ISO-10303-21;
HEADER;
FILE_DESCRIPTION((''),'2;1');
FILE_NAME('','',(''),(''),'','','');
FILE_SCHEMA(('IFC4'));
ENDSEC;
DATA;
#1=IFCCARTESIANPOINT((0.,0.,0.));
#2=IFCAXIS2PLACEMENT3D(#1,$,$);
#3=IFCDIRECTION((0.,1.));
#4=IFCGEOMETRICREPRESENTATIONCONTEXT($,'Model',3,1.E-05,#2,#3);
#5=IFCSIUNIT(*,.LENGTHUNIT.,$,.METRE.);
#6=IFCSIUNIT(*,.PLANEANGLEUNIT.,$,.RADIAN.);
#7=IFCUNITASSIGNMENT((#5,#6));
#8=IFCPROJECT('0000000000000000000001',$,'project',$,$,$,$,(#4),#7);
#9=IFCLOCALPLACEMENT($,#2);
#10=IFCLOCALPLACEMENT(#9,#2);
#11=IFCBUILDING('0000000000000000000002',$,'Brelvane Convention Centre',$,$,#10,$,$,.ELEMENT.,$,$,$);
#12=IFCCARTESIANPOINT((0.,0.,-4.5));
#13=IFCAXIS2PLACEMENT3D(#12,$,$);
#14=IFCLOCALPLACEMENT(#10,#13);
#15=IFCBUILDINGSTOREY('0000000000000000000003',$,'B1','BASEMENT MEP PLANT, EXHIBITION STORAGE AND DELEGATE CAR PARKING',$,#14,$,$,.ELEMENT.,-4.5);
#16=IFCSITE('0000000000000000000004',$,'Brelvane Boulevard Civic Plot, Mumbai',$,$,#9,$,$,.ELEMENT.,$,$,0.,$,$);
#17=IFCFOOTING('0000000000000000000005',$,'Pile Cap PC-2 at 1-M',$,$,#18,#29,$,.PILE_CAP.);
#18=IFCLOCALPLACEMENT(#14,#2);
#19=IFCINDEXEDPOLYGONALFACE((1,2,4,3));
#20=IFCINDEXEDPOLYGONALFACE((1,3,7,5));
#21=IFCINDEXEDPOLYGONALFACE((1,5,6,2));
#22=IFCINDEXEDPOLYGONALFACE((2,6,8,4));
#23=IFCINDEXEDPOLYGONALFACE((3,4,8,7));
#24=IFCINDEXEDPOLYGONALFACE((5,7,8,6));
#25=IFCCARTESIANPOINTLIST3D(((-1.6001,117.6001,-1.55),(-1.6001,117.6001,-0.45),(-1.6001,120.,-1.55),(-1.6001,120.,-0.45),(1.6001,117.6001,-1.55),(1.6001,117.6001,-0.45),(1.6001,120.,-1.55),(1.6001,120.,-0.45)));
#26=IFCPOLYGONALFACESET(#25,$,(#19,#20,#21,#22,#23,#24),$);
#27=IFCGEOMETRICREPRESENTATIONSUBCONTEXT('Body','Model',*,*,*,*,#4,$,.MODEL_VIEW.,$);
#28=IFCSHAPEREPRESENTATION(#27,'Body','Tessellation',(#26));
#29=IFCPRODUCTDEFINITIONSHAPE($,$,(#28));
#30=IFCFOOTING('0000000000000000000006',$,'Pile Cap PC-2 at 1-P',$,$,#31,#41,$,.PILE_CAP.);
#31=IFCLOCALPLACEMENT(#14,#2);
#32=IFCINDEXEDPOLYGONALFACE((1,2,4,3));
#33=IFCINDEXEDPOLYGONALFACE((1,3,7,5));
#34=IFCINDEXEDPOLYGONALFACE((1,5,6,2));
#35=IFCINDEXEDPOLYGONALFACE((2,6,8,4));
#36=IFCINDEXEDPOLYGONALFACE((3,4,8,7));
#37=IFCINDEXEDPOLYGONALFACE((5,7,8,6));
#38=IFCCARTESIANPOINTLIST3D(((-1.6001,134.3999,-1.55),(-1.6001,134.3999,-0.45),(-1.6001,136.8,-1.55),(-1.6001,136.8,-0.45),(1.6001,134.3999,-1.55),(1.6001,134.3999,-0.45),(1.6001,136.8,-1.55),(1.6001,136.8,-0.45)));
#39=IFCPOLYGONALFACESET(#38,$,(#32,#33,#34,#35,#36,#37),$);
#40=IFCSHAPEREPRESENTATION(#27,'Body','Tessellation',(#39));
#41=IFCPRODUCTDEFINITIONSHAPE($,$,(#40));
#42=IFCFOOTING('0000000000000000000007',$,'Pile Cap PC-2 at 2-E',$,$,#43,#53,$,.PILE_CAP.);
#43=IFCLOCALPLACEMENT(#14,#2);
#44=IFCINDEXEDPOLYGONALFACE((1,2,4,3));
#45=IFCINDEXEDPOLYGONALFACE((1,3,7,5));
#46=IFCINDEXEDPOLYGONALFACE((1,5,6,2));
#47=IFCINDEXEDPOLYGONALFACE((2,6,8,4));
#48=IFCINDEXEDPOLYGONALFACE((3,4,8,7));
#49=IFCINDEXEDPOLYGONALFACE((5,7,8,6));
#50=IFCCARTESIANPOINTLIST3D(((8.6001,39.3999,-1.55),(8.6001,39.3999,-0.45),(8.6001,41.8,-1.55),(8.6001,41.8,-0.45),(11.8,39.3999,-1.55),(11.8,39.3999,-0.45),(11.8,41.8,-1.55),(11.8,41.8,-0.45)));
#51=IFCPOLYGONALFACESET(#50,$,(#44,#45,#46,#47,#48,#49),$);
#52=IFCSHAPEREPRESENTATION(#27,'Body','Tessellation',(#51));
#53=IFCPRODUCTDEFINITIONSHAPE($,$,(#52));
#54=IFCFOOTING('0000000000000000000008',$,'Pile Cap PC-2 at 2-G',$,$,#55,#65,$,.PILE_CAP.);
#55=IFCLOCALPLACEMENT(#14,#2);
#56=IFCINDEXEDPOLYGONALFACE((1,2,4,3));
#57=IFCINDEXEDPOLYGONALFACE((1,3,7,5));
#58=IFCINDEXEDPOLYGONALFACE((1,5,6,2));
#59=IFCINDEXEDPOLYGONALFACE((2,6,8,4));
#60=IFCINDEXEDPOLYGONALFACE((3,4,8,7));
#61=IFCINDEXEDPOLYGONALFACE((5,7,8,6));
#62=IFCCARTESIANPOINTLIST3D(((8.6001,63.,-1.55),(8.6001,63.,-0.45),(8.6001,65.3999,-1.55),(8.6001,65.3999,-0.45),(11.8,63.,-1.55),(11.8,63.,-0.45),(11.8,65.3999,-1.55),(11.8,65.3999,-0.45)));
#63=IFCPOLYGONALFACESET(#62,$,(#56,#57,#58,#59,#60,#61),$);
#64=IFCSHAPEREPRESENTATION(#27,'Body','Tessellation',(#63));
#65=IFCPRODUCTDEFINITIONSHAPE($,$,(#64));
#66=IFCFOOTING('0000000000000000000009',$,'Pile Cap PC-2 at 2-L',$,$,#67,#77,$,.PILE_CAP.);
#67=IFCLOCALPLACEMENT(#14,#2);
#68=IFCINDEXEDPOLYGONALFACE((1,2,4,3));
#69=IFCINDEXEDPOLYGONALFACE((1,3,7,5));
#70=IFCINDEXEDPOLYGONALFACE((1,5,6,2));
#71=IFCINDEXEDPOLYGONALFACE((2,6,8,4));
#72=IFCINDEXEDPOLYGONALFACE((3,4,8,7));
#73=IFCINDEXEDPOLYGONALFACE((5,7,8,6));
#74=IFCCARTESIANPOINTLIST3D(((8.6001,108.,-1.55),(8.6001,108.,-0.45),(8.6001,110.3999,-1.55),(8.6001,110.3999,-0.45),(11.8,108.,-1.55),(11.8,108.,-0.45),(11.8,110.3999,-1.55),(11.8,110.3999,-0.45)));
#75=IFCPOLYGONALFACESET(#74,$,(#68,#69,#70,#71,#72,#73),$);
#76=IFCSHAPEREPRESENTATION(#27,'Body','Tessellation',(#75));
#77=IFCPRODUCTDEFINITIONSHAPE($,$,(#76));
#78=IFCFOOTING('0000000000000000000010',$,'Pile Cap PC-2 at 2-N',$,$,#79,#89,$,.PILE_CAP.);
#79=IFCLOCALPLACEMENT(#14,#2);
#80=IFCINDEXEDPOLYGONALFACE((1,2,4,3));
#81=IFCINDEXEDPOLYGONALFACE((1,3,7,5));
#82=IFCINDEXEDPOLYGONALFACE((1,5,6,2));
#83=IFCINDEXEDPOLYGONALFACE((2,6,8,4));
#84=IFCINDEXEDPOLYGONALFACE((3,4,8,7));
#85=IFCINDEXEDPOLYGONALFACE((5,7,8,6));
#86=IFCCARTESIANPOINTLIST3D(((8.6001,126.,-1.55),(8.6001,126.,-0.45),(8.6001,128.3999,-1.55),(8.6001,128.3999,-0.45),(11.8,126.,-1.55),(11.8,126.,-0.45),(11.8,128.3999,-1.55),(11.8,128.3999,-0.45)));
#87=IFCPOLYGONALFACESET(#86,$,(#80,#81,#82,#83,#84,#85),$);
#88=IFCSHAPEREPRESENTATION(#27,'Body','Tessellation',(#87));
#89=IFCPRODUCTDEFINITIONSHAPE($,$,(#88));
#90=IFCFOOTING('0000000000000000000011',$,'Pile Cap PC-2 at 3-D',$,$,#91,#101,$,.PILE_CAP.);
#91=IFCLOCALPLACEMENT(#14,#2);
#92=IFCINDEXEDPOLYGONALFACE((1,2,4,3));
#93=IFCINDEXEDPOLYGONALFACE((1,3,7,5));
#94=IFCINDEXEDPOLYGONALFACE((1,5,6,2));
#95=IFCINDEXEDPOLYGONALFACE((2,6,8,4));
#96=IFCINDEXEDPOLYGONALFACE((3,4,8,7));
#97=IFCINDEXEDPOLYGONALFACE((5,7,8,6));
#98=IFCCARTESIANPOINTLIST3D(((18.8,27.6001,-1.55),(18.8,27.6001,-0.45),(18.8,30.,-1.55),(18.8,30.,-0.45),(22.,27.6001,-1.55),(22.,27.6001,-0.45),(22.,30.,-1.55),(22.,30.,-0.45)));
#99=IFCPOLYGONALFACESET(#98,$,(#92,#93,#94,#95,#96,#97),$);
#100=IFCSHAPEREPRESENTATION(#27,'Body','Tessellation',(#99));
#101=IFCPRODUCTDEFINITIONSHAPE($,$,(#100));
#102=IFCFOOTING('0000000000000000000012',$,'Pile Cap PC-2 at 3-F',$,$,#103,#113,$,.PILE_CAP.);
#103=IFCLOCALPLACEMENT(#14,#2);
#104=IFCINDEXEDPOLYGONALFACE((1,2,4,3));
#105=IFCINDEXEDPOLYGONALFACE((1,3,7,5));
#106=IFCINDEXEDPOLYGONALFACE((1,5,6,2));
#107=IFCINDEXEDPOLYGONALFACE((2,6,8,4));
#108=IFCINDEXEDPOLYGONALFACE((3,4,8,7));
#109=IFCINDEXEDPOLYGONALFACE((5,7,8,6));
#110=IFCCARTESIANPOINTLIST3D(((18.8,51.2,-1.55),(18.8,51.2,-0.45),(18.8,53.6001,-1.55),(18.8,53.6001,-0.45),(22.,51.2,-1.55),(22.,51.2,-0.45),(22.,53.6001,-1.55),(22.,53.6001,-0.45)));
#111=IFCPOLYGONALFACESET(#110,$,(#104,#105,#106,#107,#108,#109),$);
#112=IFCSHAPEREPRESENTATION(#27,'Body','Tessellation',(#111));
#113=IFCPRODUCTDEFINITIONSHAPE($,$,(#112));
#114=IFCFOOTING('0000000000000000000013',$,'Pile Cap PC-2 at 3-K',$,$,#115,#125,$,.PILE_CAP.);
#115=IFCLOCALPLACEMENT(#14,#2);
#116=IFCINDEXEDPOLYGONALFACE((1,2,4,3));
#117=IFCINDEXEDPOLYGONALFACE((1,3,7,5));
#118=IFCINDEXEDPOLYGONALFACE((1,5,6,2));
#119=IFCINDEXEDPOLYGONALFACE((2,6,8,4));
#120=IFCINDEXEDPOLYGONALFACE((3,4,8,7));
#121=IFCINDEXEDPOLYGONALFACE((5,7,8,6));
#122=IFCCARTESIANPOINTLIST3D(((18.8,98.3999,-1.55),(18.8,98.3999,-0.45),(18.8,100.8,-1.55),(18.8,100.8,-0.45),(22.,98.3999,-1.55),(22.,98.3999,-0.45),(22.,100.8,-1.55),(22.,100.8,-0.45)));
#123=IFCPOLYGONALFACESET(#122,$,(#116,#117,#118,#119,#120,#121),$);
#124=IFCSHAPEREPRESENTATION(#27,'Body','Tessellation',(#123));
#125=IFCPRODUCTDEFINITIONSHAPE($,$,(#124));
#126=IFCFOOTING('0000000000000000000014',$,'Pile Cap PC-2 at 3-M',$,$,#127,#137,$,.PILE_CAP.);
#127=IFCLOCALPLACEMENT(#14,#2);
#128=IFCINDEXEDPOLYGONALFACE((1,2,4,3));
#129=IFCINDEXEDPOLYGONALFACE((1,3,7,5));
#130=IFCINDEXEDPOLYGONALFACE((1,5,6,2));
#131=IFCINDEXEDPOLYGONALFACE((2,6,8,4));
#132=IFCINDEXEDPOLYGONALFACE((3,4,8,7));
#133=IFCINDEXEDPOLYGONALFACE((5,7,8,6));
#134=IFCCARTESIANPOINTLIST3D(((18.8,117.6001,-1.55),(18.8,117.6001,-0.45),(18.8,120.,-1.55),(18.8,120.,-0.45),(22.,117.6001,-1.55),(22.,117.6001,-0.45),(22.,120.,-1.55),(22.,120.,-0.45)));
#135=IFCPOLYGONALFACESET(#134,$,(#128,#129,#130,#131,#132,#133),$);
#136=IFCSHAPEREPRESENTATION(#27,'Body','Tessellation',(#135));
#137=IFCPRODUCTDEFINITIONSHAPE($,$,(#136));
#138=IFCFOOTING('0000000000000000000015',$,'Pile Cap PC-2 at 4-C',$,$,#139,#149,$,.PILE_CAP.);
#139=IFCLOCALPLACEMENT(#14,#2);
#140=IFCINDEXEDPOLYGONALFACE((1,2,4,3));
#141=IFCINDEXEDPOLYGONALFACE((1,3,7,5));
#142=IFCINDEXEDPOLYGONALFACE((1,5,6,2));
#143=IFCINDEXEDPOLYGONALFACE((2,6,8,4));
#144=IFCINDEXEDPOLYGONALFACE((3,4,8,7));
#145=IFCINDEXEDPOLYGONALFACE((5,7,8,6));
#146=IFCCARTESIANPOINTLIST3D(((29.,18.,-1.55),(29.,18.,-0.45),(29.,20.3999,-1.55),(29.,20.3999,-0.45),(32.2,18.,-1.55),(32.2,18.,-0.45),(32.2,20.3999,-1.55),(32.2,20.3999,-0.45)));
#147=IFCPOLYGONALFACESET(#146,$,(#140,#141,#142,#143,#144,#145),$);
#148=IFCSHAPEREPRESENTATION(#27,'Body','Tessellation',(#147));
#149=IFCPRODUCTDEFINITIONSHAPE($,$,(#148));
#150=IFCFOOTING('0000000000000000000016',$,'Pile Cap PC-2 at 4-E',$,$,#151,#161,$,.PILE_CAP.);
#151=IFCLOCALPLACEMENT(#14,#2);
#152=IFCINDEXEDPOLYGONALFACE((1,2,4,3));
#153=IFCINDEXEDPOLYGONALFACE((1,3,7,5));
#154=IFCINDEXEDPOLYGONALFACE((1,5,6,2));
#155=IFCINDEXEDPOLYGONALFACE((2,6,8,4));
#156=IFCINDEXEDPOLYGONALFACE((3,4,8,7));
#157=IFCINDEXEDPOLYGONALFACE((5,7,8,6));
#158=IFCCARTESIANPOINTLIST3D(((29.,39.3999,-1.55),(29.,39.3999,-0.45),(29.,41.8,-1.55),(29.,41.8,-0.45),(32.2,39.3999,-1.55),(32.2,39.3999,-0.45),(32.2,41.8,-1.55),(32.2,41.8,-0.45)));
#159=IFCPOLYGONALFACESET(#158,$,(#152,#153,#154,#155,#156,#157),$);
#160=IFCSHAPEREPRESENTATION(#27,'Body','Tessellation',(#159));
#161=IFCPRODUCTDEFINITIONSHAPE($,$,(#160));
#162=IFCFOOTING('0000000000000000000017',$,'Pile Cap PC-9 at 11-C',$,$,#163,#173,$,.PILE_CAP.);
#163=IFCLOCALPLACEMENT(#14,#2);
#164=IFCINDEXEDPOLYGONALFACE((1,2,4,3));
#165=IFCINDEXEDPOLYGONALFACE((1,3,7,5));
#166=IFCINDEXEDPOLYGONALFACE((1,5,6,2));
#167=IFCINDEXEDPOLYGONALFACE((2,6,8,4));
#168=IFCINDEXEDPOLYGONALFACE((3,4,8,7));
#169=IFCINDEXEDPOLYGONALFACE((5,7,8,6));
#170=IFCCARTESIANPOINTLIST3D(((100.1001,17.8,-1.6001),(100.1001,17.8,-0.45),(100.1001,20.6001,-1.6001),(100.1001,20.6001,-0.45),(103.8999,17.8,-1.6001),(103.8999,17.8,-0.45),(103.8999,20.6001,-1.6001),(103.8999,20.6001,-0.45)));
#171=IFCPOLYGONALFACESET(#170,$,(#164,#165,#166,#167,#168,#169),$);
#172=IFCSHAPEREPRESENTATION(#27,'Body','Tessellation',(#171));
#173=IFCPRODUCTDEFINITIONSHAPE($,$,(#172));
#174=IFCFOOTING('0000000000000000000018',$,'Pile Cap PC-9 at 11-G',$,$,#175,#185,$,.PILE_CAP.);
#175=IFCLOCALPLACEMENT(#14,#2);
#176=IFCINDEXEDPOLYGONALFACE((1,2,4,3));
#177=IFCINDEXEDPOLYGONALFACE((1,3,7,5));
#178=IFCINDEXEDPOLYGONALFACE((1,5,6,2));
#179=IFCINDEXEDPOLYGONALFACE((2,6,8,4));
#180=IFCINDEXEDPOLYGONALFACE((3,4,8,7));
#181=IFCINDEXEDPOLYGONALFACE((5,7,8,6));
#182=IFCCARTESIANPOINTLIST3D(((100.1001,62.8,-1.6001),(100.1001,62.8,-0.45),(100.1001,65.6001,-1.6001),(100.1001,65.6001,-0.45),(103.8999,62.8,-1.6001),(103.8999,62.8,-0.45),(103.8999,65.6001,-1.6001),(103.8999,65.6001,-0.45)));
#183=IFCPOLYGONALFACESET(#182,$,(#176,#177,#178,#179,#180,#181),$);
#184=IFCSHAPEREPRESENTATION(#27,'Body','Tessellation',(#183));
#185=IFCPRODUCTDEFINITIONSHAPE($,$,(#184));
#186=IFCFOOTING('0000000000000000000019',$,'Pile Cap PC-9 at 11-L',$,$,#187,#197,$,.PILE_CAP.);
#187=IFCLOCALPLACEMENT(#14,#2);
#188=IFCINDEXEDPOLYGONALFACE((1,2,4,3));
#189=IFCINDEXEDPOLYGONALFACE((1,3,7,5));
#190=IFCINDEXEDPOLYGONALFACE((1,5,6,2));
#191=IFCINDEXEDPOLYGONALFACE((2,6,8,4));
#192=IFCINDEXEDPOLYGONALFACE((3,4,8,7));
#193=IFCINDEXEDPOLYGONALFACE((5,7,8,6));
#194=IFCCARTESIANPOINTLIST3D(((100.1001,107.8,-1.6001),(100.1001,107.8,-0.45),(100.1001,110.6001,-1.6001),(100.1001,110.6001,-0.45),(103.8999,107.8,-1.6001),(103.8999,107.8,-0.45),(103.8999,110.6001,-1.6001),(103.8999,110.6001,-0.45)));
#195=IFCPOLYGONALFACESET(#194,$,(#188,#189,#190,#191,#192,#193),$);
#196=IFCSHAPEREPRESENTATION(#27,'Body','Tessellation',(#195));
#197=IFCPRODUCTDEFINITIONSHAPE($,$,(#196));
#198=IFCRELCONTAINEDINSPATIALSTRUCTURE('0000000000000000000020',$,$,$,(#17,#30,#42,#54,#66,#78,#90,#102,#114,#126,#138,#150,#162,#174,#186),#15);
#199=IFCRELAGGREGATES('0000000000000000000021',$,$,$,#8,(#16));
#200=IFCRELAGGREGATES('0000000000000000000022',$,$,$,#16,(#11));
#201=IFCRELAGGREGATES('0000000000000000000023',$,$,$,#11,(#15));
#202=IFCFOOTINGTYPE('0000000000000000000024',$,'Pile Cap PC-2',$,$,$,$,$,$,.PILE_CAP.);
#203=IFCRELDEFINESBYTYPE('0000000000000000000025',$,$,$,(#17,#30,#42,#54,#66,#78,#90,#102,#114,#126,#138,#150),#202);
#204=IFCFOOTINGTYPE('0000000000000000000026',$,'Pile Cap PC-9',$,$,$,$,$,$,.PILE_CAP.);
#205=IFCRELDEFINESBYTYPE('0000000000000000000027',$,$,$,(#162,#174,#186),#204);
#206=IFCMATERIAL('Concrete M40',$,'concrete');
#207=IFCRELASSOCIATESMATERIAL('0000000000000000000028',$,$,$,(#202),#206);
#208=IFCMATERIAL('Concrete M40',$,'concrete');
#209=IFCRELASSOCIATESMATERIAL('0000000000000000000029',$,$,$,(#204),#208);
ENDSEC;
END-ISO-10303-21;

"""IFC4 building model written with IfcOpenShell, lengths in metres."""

from ifc_helpers import new_model, si_unit, direction, frame, origin, place, context, subcontext, project, spatial, polyline, outline, extrude, material, type_object, element, save


model = new_model("IFC4")

# Units and contexts
model_context = context("Model", 3, precision=1e-05, world=origin(), true_north=direction((0.0, 1.0)))
body_context = subcontext(model_context, "Body", "Model", "MODEL_VIEW")
ifc_project = project(units=[si_unit("LENGTHUNIT", "METRE"), si_unit("PLANEANGLEUNIT", "RADIAN")], contexts=[model_context])

# Site, building, storey
site_placement = place(None, origin())
site = spatial("IfcSite", under=ifc_project, at=site_placement, Name="Brelvane Boulevard Civic Plot, Mumbai", CompositionType="ELEMENT", RefElevation=0.0)
building_placement = place(site_placement, origin())
building = spatial("IfcBuilding", under=site, at=building_placement, Name="Brelvane Convention Centre", CompositionType="ELEMENT")
storey_placement = place(building_placement, frame((0.0, 0.0, -4.5)))
storey = spatial("IfcBuildingStorey", under=building, at=storey_placement, Name="B1", Description="BASEMENT MEP PLANT, EXHIBITION STORAGE AND DELEGATE CAR PARKING", CompositionType="ELEMENT", Elevation=-4.5)

# Footings
ifc_material_1 = material(Name="Concrete M40", Category="concrete")
footing_type_1 = type_object("IfcFootingType", Name="Pile Cap PC-2", PredefinedType="PILE_CAP", material=ifc_material_1)
footing_1_placement = place(storey_placement, frame((0.0, 0.0, -1.55)))
element("IfcFooting", 1, at=footing_1_placement, inside=storey, type_object=footing_type_1, Name="Pile Cap PC-2 at 1-M", PredefinedType="PILE_CAP", context=body_context, shape_type="SweptSolid", body=[
    extrude(outline(polyline([(-1.6001, 117.6001), (1.6001, 117.6001), (1.6001, 120.0), (-1.6001, 120.0), (-1.6001, 117.6001)])), origin(), (0.0, 0.0, 1.0), 1.1001),
])
footing_2_placement = place(storey_placement, frame((0.0, 0.0, -1.55)))
element("IfcFooting", 2, at=footing_2_placement, inside=storey, type_object=footing_type_1, Name="Pile Cap PC-2 at 1-P", PredefinedType="PILE_CAP", context=body_context, shape_type="SweptSolid", body=[
    extrude(outline(polyline([(-1.6001, 134.3999), (1.6001, 134.3999), (1.6001, 136.8), (-1.6001, 136.8), (-1.6001, 134.3999)])), origin(), (0.0, 0.0, 1.0), 1.1001),
])
footing_3_placement = place(storey_placement, frame((0.0, 0.0, -1.55)))
element("IfcFooting", 3, at=footing_3_placement, inside=storey, type_object=footing_type_1, Name="Pile Cap PC-2 at 2-E", PredefinedType="PILE_CAP", context=body_context, shape_type="SweptSolid", body=[
    extrude(outline(polyline([(8.6001, 39.3999), (11.8, 39.3999), (11.8, 41.8), (8.6001, 41.8), (8.6001, 39.3999)])), origin(), (0.0, 0.0, 1.0), 1.1001),
])
footing_4_placement = place(storey_placement, frame((0.0, 0.0, -1.55)))
element("IfcFooting", 4, at=footing_4_placement, inside=storey, type_object=footing_type_1, Name="Pile Cap PC-2 at 2-G", PredefinedType="PILE_CAP", context=body_context, shape_type="SweptSolid", body=[
    extrude(outline(polyline([(8.6001, 63.0), (11.8, 63.0), (11.8, 65.3999), (8.6001, 65.3999), (8.6001, 63.0)])), origin(), (0.0, 0.0, 1.0), 1.1001),
])
footing_5_placement = place(storey_placement, frame((0.0, 0.0, -1.55)))
element("IfcFooting", 5, at=footing_5_placement, inside=storey, type_object=footing_type_1, Name="Pile Cap PC-2 at 2-L", PredefinedType="PILE_CAP", context=body_context, shape_type="SweptSolid", body=[
    extrude(outline(polyline([(8.6001, 108.0), (11.8, 108.0), (11.8, 110.3999), (8.6001, 110.3999), (8.6001, 108.0)])), origin(), (0.0, 0.0, 1.0), 1.1001),
])
footing_6_placement = place(storey_placement, frame((0.0, 0.0, -1.55)))
element("IfcFooting", 6, at=footing_6_placement, inside=storey, type_object=footing_type_1, Name="Pile Cap PC-2 at 2-N", PredefinedType="PILE_CAP", context=body_context, shape_type="SweptSolid", body=[
    extrude(outline(polyline([(8.6001, 126.0), (11.8, 126.0), (11.8, 128.3999), (8.6001, 128.3999), (8.6001, 126.0)])), origin(), (0.0, 0.0, 1.0), 1.1001),
])
footing_7_placement = place(storey_placement, frame((0.0, 0.0, -1.55)))
element("IfcFooting", 7, at=footing_7_placement, inside=storey, type_object=footing_type_1, Name="Pile Cap PC-2 at 3-D", PredefinedType="PILE_CAP", context=body_context, shape_type="SweptSolid", body=[
    extrude(outline(polyline([(18.8, 27.6001), (22.0, 27.6001), (22.0, 30.0), (18.8, 30.0), (18.8, 27.6001)])), origin(), (0.0, 0.0, 1.0), 1.1001),
])
footing_8_placement = place(storey_placement, frame((0.0, 0.0, -1.55)))
element("IfcFooting", 8, at=footing_8_placement, inside=storey, type_object=footing_type_1, Name="Pile Cap PC-2 at 3-F", PredefinedType="PILE_CAP", context=body_context, shape_type="SweptSolid", body=[
    extrude(outline(polyline([(18.8, 51.2), (22.0, 51.2), (22.0, 53.6001), (18.8, 53.6001), (18.8, 51.2)])), origin(), (0.0, 0.0, 1.0), 1.1001),
])
footing_9_placement = place(storey_placement, frame((0.0, 0.0, -1.55)))
element("IfcFooting", 9, at=footing_9_placement, inside=storey, type_object=footing_type_1, Name="Pile Cap PC-2 at 3-K", PredefinedType="PILE_CAP", context=body_context, shape_type="SweptSolid", body=[
    extrude(outline(polyline([(18.8, 98.3999), (22.0, 98.3999), (22.0, 100.8), (18.8, 100.8), (18.8, 98.3999)])), origin(), (0.0, 0.0, 1.0), 1.1001),
])
footing_10_placement = place(storey_placement, frame((0.0, 0.0, -1.55)))
element("IfcFooting", 10, at=footing_10_placement, inside=storey, type_object=footing_type_1, Name="Pile Cap PC-2 at 3-M", PredefinedType="PILE_CAP", context=body_context, shape_type="SweptSolid", body=[
    extrude(outline(polyline([(18.8, 117.6001), (22.0, 117.6001), (22.0, 120.0), (18.8, 120.0), (18.8, 117.6001)])), origin(), (0.0, 0.0, 1.0), 1.1001),
])
footing_11_placement = place(storey_placement, frame((0.0, 0.0, -1.55)))
element("IfcFooting", 11, at=footing_11_placement, inside=storey, type_object=footing_type_1, Name="Pile Cap PC-2 at 4-C", PredefinedType="PILE_CAP", context=body_context, shape_type="SweptSolid", body=[
    extrude(outline(polyline([(29.0, 18.0), (32.2, 18.0), (32.2, 20.3999), (29.0, 20.3999), (29.0, 18.0)])), origin(), (0.0, 0.0, 1.0), 1.1001),
])
footing_12_placement = place(storey_placement, frame((0.0, 0.0, -1.55)))
element("IfcFooting", 12, at=footing_12_placement, inside=storey, type_object=footing_type_1, Name="Pile Cap PC-2 at 4-E", PredefinedType="PILE_CAP", context=body_context, shape_type="SweptSolid", body=[
    extrude(outline(polyline([(29.0, 39.3999), (32.2, 39.3999), (32.2, 41.8), (29.0, 41.8), (29.0, 39.3999)])), origin(), (0.0, 0.0, 1.0), 1.1001),
])
ifc_material_2 = material(Name="Concrete M40", Category="concrete")
footing_type_2 = type_object("IfcFootingType", Name="Pile Cap PC-9", PredefinedType="PILE_CAP", material=ifc_material_2)
footing_13_placement = place(storey_placement, frame((0.0, 0.0, -1.6001)))
element("IfcFooting", 13, at=footing_13_placement, inside=storey, type_object=footing_type_2, Name="Pile Cap PC-9 at 11-C", PredefinedType="PILE_CAP", context=body_context, shape_type="SweptSolid", body=[
    extrude(outline(polyline([(100.1001, 17.8), (103.8999, 17.8), (103.8999, 20.6001), (100.1001, 20.6001), (100.1001, 17.8)])), origin(), (0.0, 0.0, 1.0), 1.1501),
])
footing_14_placement = place(storey_placement, frame((0.0, 0.0, -1.6001)))
element("IfcFooting", 14, at=footing_14_placement, inside=storey, type_object=footing_type_2, Name="Pile Cap PC-9 at 11-G", PredefinedType="PILE_CAP", context=body_context, shape_type="SweptSolid", body=[
    extrude(outline(polyline([(100.1001, 62.8), (103.8999, 62.8), (103.8999, 65.6001), (100.1001, 65.6001), (100.1001, 62.8)])), origin(), (0.0, 0.0, 1.0), 1.1501),
])
footing_15_placement = place(storey_placement, frame((0.0, 0.0, -1.6001)))
element("IfcFooting", 15, at=footing_15_placement, inside=storey, type_object=footing_type_2, Name="Pile Cap PC-9 at 11-L", PredefinedType="PILE_CAP", context=body_context, shape_type="SweptSolid", body=[
    extrude(outline(polyline([(100.1001, 107.8), (103.8999, 107.8), (103.8999, 110.6001), (100.1001, 110.6001), (100.1001, 107.8)])), origin(), (0.0, 0.0, 1.0), 1.1501),
])

save(model, "model.ifc")
